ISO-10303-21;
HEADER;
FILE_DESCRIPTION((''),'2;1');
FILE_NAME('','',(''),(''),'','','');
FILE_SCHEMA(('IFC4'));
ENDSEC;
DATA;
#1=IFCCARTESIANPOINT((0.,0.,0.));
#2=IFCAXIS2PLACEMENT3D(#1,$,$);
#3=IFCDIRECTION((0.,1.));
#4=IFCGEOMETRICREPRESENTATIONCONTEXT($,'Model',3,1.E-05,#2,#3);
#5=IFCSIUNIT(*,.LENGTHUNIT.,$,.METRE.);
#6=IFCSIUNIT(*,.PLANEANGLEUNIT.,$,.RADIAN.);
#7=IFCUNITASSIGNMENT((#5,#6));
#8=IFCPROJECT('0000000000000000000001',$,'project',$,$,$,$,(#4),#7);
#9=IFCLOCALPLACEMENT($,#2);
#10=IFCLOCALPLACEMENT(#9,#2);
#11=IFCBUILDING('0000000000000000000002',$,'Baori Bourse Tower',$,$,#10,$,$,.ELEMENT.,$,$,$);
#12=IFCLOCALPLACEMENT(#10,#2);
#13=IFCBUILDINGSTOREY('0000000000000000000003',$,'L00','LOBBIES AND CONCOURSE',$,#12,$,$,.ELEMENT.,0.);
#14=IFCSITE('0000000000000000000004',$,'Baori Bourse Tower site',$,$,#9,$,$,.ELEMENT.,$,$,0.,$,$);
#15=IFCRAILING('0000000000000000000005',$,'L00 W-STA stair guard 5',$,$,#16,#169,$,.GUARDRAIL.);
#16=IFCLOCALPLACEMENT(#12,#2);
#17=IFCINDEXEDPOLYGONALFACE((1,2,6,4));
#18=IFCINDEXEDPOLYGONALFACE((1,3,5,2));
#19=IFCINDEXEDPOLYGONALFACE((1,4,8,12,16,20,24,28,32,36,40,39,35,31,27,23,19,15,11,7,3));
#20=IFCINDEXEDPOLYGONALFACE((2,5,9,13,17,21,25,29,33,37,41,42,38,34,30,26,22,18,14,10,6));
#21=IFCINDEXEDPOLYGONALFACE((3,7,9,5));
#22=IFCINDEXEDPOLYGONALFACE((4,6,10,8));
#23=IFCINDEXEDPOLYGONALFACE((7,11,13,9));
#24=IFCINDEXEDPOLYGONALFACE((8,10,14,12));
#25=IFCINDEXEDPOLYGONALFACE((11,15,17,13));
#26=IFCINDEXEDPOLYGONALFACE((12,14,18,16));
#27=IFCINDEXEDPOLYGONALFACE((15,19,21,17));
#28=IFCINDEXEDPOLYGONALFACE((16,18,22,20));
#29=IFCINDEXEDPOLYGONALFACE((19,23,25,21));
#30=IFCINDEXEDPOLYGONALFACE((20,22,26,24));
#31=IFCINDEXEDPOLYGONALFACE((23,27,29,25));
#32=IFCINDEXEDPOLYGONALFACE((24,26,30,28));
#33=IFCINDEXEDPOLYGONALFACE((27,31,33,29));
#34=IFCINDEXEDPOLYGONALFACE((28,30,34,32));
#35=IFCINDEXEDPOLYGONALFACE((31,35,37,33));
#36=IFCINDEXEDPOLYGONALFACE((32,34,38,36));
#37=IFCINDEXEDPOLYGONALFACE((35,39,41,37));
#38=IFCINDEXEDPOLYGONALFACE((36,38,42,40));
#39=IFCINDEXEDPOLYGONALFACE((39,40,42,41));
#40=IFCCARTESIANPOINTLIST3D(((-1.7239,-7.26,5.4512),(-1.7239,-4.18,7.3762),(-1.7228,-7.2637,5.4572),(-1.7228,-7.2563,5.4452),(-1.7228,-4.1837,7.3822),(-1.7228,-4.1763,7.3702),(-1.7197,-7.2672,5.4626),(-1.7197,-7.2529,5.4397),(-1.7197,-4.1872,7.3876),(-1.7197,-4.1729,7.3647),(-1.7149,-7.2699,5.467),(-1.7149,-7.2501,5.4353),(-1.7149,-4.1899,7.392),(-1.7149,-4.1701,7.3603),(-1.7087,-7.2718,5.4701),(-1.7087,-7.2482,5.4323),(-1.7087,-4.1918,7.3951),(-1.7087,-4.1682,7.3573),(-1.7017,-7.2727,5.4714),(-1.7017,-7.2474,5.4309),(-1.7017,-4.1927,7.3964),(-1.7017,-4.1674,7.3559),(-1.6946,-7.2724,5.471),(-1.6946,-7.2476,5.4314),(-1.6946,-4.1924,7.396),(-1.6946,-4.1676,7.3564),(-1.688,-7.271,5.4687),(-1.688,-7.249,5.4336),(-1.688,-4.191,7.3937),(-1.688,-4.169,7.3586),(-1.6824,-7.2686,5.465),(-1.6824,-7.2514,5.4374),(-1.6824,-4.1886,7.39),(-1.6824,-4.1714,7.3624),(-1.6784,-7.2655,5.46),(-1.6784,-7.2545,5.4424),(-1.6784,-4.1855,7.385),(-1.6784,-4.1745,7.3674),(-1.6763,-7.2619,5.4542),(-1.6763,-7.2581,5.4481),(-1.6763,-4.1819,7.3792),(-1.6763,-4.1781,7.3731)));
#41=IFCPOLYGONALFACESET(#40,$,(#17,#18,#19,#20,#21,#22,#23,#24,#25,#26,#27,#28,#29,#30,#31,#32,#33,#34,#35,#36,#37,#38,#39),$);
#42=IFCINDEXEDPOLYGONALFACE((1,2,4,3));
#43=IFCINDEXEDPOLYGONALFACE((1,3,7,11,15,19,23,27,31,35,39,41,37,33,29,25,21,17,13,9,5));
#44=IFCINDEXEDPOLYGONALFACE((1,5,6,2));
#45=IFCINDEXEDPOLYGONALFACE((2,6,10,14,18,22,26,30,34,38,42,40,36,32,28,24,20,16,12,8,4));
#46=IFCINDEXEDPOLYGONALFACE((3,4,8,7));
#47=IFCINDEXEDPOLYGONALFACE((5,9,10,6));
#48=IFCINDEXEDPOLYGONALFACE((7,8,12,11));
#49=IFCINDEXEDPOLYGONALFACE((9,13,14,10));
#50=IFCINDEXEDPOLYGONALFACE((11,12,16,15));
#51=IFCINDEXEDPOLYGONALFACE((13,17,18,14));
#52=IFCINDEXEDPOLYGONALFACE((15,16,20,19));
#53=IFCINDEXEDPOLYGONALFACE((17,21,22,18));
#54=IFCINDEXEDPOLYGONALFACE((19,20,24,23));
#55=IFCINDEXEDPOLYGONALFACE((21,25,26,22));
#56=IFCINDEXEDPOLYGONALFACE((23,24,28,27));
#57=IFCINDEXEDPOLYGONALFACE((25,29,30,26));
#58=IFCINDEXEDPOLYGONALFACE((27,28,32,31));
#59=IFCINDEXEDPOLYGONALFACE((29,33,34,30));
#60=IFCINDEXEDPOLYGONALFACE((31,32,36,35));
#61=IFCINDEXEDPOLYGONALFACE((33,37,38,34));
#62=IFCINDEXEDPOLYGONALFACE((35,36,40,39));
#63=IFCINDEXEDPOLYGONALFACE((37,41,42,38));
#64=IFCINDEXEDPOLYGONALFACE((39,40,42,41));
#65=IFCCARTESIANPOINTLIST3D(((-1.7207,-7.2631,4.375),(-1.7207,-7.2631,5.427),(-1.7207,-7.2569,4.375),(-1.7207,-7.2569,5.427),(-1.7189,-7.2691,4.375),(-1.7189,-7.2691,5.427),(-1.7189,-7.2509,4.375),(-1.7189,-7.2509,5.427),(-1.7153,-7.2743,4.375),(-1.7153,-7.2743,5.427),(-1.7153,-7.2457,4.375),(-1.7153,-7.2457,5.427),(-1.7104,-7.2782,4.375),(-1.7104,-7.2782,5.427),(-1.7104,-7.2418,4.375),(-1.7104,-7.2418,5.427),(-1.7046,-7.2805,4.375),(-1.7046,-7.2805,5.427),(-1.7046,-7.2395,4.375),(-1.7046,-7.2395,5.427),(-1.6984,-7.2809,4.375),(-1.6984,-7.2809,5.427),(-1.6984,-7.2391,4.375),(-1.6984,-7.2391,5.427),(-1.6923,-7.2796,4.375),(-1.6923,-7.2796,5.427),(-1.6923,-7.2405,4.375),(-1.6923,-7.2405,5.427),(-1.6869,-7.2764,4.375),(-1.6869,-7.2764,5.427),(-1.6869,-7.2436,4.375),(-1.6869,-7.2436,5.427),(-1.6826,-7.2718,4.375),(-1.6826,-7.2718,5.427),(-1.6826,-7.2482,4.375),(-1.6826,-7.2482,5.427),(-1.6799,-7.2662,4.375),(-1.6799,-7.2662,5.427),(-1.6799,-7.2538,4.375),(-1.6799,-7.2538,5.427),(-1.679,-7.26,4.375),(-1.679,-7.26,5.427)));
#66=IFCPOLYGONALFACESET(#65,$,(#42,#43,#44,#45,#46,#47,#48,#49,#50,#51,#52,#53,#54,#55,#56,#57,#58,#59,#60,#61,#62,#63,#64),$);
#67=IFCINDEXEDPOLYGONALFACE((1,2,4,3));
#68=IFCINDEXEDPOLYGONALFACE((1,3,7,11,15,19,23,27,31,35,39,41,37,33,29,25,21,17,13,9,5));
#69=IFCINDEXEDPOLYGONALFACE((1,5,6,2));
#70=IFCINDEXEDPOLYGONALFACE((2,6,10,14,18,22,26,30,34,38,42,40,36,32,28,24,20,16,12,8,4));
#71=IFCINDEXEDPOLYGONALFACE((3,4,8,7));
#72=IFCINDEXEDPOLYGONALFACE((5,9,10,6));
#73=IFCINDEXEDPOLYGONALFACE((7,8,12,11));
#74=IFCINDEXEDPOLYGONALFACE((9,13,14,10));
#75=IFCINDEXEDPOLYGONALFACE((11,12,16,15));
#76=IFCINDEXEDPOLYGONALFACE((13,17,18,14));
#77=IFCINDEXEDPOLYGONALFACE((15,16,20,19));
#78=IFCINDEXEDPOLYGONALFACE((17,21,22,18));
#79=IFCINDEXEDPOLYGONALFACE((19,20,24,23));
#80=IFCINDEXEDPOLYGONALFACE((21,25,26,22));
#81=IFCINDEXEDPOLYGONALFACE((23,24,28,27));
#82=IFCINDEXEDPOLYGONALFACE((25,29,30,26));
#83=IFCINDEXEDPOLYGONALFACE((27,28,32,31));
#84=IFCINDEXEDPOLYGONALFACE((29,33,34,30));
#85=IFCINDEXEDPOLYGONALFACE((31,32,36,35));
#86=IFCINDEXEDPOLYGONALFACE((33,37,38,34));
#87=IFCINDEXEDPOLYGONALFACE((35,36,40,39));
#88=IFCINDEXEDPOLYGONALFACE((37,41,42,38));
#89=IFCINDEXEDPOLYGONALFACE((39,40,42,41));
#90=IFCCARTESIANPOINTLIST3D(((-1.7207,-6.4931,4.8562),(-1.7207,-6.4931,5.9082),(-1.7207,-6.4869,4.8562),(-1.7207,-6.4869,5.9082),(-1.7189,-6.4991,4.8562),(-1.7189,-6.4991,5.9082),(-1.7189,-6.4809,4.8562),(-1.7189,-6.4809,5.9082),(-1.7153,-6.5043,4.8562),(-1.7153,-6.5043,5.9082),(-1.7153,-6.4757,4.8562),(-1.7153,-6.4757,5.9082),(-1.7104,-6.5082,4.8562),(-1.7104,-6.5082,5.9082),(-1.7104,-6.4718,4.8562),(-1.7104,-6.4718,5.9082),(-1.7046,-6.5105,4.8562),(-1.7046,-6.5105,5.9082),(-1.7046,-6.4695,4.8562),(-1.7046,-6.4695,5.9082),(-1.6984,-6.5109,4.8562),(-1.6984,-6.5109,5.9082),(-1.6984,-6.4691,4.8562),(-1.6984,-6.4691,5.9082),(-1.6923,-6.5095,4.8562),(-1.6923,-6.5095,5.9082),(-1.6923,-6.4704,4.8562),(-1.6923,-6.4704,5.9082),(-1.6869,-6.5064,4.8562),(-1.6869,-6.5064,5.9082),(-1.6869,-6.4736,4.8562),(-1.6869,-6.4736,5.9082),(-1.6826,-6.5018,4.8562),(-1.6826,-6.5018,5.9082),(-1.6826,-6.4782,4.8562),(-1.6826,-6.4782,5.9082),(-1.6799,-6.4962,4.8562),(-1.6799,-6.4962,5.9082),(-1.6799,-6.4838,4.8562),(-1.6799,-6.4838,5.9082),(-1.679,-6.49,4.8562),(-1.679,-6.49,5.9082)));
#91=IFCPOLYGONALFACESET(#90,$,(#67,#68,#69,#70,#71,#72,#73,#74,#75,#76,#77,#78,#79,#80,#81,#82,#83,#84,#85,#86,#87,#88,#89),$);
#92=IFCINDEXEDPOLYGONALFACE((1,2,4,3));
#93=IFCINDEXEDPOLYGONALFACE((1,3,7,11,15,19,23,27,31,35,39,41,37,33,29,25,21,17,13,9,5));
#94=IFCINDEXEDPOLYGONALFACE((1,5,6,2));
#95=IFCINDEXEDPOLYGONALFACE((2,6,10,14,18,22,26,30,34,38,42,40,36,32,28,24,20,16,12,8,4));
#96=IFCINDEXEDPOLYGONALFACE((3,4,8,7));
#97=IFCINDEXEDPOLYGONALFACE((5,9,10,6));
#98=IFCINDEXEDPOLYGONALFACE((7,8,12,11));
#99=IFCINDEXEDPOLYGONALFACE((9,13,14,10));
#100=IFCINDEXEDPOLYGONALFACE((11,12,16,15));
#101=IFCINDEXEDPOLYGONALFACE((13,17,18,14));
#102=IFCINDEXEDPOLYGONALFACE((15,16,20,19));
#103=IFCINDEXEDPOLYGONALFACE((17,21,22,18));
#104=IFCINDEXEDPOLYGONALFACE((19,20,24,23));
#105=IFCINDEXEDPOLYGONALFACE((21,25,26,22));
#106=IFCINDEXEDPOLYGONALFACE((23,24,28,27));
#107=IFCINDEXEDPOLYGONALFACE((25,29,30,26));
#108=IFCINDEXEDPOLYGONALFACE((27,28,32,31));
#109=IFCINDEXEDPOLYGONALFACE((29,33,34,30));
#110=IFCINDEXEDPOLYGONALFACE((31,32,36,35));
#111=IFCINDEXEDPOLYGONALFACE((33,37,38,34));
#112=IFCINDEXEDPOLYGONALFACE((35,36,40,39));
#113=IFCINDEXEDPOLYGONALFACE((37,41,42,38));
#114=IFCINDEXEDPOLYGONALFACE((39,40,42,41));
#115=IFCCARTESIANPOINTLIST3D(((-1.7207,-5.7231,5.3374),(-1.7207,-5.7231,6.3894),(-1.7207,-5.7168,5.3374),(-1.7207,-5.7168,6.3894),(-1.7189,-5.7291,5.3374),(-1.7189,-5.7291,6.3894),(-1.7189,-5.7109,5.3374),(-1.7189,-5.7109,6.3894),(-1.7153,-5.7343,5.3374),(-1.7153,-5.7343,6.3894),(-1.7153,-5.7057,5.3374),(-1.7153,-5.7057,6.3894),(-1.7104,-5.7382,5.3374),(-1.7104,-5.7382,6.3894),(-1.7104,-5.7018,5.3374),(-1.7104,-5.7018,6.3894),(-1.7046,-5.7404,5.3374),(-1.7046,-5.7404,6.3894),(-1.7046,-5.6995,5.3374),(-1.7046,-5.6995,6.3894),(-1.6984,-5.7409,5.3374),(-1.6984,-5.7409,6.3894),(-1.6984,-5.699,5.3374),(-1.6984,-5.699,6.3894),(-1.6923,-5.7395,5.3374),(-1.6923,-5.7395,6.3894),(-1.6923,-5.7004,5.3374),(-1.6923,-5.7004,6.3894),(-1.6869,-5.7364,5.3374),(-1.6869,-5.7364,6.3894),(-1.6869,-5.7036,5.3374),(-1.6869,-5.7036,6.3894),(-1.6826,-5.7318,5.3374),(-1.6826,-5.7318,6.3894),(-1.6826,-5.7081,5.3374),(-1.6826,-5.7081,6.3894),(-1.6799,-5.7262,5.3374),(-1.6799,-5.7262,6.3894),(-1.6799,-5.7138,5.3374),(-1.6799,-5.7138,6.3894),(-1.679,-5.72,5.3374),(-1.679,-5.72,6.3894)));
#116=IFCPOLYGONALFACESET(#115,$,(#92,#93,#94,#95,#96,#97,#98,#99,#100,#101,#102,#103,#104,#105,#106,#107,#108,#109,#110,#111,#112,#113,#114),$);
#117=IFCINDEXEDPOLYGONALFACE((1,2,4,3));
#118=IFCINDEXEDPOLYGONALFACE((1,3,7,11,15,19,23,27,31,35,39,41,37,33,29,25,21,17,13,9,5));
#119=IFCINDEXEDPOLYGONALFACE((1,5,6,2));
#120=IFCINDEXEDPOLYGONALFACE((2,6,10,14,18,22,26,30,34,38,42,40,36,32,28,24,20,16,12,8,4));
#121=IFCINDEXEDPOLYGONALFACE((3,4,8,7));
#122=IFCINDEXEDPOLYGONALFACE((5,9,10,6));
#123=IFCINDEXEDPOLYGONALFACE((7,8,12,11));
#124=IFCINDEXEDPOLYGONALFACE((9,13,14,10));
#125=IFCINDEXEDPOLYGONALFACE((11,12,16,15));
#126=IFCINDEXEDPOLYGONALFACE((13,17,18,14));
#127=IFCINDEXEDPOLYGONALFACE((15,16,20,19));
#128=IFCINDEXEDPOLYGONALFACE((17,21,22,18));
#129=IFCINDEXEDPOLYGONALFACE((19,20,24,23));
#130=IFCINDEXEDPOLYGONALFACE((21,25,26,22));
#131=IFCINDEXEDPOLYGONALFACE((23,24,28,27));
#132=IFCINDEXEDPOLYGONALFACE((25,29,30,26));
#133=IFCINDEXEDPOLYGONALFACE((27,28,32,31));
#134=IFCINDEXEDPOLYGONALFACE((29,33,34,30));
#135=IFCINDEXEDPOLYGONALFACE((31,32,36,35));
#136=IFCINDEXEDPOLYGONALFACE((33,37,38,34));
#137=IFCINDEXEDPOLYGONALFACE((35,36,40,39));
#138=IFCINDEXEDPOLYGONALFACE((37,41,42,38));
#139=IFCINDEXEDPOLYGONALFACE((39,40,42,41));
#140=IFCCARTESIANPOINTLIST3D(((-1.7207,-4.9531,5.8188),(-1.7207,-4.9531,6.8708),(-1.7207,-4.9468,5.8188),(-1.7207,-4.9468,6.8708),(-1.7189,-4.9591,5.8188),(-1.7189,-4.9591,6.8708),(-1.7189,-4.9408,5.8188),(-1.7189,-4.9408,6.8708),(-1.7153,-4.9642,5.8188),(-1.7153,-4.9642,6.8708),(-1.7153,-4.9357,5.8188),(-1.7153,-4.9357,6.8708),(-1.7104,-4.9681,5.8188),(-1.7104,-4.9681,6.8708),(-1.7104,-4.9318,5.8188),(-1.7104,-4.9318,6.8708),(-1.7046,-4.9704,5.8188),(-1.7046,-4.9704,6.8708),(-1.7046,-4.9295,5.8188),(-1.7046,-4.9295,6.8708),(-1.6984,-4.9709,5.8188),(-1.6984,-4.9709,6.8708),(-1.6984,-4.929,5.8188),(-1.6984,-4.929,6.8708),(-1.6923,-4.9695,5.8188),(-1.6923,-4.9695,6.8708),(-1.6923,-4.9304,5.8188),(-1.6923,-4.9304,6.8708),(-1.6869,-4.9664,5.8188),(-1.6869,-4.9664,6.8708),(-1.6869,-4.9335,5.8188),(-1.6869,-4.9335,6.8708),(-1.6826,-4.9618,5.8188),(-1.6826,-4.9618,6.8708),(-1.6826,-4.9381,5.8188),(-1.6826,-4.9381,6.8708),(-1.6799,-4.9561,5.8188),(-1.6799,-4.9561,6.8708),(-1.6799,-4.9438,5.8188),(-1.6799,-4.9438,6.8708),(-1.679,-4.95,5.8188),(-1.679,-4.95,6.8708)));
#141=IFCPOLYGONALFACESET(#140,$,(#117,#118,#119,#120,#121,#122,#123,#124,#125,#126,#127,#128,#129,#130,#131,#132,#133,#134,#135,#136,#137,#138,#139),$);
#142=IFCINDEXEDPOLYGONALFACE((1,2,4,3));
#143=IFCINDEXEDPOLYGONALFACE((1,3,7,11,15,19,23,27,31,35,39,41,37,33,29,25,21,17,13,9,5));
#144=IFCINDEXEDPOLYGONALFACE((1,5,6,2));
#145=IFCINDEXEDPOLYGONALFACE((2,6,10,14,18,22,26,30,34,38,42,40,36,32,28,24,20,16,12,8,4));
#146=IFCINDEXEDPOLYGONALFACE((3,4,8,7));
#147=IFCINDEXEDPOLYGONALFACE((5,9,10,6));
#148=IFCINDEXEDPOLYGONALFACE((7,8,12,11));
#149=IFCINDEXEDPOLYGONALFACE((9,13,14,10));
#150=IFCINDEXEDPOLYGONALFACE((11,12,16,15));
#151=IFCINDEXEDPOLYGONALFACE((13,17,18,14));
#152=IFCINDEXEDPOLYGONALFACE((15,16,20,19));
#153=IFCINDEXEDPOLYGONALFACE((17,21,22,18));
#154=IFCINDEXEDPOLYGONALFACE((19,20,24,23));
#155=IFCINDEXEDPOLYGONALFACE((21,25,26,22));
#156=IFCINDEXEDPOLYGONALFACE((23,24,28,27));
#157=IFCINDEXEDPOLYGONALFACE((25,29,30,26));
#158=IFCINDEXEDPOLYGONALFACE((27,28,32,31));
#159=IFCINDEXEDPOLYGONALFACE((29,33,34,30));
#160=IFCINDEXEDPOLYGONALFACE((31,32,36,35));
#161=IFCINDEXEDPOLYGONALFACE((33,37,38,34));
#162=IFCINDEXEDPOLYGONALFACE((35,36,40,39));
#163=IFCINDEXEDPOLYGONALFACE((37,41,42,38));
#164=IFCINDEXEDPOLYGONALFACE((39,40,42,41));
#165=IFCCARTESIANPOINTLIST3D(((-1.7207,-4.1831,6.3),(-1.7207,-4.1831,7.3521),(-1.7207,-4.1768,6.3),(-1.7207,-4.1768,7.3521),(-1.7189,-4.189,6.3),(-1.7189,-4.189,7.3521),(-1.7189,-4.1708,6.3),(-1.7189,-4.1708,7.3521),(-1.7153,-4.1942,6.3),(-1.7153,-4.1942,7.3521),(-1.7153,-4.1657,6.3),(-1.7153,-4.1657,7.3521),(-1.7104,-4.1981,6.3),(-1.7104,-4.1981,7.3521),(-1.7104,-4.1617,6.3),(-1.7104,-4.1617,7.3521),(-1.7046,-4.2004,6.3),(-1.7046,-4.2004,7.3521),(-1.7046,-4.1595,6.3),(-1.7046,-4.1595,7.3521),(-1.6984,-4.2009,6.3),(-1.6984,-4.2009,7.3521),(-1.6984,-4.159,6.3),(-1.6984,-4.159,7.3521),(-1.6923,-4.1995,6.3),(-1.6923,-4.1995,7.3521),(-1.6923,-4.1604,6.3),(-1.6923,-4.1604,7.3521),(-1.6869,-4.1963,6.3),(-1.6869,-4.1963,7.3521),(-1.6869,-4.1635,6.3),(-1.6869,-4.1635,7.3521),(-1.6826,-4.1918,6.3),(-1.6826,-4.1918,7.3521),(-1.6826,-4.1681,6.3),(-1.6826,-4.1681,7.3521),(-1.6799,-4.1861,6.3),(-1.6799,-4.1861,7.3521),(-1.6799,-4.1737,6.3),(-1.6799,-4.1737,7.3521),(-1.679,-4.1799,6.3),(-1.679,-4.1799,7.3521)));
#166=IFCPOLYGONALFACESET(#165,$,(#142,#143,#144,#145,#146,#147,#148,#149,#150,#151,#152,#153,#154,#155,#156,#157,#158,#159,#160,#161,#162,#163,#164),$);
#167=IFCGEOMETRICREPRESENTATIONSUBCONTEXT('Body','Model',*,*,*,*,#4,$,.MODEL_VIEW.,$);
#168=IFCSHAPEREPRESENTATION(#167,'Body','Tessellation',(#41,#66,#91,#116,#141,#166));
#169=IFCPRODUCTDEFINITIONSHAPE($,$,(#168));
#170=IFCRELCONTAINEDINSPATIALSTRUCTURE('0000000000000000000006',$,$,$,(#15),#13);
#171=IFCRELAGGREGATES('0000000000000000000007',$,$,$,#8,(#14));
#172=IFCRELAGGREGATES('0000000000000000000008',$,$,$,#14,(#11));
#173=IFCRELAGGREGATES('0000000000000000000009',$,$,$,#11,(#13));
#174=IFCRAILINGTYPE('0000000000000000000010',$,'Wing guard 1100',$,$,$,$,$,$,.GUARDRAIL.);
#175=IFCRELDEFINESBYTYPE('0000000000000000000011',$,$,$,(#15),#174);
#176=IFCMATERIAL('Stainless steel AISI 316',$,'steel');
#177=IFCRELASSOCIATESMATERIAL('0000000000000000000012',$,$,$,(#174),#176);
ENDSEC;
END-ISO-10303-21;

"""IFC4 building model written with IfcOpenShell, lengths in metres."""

from ifc_helpers import new_model, si_unit, direction, frame, origin, origin_2d, place, context, subcontext, project, spatial, circle, extrude, material, type_object, element, save


model = new_model("IFC4")

# Units and contexts
model_context = context("Model", 3, precision=1e-05, world=origin(), true_north=direction((0.0, 1.0)))
body_context = subcontext(model_context, "Body", "Model", "MODEL_VIEW")
ifc_project = project(units=[si_unit("LENGTHUNIT", "METRE"), si_unit("PLANEANGLEUNIT", "RADIAN")], contexts=[model_context])

# Site, building, storey
site_placement = place(None, origin())
site = spatial("IfcSite", under=ifc_project, at=site_placement, Name="Baori Bourse Tower site", CompositionType="ELEMENT", RefElevation=0.0)
building_placement = place(site_placement, origin())
building = spatial("IfcBuilding", under=site, at=building_placement, Name="Baori Bourse Tower", CompositionType="ELEMENT")
storey_placement = place(building_placement, origin())
storey = spatial("IfcBuildingStorey", under=building, at=storey_placement, Name="L00", Description="LOBBIES AND CONCOURSE", CompositionType="ELEMENT", Elevation=0.0)

# Railing
ifc_material_1 = material(Name="Stainless steel AISI 316", Category="steel")
railing_type_1 = type_object("IfcRailingType", Name="Wing guard 1100", PredefinedType="GUARDRAIL", material=ifc_material_1)
for number, where, name in (
    (1, (-1.7, -7.26, 4.375), "L00 W-STA stair guard 5"),
):
    element("IfcRailing", number, at=place(storey_placement, frame(where)), inside=storey, type_object=railing_type_1, Name=name, PredefinedType="GUARDRAIL", context=body_context, shape_type="SweptSolid", body=[
        extrude(circle(Radius=0.0239, at=origin_2d()), frame((0.0, 0.0, 1.0762), z_axis=(0.0, 0.847998, 0.529999), x_axis=(-1.0, 0.0, 0.0)), (0.0, 0.0, 1.0), 3.6321),
        extrude(circle(Radius=0.021, at=origin_2d()), origin(), (0.0, 0.0, 1.0), 1.052),
        extrude(circle(Radius=0.021, at=origin_2d()), frame((0.0, 0.77, 0.4812)), (0.0, 0.0, 1.0), 1.052),
        extrude(circle(Radius=0.021, at=origin_2d()), frame((0.0, 1.54, 0.9624)), (0.0, 0.0, 1.0), 1.052),
        extrude(circle(Radius=0.021, at=origin_2d()), frame((0.0, 2.3101, 1.4438)), (0.0, 0.0, 1.0), 1.052),
        extrude(circle(Radius=0.021, at=origin_2d()), frame((0.0, 3.0801, 1.925)), (0.0, 0.0, 1.0), 1.052),
    ])

save(model, "model.ifc")
